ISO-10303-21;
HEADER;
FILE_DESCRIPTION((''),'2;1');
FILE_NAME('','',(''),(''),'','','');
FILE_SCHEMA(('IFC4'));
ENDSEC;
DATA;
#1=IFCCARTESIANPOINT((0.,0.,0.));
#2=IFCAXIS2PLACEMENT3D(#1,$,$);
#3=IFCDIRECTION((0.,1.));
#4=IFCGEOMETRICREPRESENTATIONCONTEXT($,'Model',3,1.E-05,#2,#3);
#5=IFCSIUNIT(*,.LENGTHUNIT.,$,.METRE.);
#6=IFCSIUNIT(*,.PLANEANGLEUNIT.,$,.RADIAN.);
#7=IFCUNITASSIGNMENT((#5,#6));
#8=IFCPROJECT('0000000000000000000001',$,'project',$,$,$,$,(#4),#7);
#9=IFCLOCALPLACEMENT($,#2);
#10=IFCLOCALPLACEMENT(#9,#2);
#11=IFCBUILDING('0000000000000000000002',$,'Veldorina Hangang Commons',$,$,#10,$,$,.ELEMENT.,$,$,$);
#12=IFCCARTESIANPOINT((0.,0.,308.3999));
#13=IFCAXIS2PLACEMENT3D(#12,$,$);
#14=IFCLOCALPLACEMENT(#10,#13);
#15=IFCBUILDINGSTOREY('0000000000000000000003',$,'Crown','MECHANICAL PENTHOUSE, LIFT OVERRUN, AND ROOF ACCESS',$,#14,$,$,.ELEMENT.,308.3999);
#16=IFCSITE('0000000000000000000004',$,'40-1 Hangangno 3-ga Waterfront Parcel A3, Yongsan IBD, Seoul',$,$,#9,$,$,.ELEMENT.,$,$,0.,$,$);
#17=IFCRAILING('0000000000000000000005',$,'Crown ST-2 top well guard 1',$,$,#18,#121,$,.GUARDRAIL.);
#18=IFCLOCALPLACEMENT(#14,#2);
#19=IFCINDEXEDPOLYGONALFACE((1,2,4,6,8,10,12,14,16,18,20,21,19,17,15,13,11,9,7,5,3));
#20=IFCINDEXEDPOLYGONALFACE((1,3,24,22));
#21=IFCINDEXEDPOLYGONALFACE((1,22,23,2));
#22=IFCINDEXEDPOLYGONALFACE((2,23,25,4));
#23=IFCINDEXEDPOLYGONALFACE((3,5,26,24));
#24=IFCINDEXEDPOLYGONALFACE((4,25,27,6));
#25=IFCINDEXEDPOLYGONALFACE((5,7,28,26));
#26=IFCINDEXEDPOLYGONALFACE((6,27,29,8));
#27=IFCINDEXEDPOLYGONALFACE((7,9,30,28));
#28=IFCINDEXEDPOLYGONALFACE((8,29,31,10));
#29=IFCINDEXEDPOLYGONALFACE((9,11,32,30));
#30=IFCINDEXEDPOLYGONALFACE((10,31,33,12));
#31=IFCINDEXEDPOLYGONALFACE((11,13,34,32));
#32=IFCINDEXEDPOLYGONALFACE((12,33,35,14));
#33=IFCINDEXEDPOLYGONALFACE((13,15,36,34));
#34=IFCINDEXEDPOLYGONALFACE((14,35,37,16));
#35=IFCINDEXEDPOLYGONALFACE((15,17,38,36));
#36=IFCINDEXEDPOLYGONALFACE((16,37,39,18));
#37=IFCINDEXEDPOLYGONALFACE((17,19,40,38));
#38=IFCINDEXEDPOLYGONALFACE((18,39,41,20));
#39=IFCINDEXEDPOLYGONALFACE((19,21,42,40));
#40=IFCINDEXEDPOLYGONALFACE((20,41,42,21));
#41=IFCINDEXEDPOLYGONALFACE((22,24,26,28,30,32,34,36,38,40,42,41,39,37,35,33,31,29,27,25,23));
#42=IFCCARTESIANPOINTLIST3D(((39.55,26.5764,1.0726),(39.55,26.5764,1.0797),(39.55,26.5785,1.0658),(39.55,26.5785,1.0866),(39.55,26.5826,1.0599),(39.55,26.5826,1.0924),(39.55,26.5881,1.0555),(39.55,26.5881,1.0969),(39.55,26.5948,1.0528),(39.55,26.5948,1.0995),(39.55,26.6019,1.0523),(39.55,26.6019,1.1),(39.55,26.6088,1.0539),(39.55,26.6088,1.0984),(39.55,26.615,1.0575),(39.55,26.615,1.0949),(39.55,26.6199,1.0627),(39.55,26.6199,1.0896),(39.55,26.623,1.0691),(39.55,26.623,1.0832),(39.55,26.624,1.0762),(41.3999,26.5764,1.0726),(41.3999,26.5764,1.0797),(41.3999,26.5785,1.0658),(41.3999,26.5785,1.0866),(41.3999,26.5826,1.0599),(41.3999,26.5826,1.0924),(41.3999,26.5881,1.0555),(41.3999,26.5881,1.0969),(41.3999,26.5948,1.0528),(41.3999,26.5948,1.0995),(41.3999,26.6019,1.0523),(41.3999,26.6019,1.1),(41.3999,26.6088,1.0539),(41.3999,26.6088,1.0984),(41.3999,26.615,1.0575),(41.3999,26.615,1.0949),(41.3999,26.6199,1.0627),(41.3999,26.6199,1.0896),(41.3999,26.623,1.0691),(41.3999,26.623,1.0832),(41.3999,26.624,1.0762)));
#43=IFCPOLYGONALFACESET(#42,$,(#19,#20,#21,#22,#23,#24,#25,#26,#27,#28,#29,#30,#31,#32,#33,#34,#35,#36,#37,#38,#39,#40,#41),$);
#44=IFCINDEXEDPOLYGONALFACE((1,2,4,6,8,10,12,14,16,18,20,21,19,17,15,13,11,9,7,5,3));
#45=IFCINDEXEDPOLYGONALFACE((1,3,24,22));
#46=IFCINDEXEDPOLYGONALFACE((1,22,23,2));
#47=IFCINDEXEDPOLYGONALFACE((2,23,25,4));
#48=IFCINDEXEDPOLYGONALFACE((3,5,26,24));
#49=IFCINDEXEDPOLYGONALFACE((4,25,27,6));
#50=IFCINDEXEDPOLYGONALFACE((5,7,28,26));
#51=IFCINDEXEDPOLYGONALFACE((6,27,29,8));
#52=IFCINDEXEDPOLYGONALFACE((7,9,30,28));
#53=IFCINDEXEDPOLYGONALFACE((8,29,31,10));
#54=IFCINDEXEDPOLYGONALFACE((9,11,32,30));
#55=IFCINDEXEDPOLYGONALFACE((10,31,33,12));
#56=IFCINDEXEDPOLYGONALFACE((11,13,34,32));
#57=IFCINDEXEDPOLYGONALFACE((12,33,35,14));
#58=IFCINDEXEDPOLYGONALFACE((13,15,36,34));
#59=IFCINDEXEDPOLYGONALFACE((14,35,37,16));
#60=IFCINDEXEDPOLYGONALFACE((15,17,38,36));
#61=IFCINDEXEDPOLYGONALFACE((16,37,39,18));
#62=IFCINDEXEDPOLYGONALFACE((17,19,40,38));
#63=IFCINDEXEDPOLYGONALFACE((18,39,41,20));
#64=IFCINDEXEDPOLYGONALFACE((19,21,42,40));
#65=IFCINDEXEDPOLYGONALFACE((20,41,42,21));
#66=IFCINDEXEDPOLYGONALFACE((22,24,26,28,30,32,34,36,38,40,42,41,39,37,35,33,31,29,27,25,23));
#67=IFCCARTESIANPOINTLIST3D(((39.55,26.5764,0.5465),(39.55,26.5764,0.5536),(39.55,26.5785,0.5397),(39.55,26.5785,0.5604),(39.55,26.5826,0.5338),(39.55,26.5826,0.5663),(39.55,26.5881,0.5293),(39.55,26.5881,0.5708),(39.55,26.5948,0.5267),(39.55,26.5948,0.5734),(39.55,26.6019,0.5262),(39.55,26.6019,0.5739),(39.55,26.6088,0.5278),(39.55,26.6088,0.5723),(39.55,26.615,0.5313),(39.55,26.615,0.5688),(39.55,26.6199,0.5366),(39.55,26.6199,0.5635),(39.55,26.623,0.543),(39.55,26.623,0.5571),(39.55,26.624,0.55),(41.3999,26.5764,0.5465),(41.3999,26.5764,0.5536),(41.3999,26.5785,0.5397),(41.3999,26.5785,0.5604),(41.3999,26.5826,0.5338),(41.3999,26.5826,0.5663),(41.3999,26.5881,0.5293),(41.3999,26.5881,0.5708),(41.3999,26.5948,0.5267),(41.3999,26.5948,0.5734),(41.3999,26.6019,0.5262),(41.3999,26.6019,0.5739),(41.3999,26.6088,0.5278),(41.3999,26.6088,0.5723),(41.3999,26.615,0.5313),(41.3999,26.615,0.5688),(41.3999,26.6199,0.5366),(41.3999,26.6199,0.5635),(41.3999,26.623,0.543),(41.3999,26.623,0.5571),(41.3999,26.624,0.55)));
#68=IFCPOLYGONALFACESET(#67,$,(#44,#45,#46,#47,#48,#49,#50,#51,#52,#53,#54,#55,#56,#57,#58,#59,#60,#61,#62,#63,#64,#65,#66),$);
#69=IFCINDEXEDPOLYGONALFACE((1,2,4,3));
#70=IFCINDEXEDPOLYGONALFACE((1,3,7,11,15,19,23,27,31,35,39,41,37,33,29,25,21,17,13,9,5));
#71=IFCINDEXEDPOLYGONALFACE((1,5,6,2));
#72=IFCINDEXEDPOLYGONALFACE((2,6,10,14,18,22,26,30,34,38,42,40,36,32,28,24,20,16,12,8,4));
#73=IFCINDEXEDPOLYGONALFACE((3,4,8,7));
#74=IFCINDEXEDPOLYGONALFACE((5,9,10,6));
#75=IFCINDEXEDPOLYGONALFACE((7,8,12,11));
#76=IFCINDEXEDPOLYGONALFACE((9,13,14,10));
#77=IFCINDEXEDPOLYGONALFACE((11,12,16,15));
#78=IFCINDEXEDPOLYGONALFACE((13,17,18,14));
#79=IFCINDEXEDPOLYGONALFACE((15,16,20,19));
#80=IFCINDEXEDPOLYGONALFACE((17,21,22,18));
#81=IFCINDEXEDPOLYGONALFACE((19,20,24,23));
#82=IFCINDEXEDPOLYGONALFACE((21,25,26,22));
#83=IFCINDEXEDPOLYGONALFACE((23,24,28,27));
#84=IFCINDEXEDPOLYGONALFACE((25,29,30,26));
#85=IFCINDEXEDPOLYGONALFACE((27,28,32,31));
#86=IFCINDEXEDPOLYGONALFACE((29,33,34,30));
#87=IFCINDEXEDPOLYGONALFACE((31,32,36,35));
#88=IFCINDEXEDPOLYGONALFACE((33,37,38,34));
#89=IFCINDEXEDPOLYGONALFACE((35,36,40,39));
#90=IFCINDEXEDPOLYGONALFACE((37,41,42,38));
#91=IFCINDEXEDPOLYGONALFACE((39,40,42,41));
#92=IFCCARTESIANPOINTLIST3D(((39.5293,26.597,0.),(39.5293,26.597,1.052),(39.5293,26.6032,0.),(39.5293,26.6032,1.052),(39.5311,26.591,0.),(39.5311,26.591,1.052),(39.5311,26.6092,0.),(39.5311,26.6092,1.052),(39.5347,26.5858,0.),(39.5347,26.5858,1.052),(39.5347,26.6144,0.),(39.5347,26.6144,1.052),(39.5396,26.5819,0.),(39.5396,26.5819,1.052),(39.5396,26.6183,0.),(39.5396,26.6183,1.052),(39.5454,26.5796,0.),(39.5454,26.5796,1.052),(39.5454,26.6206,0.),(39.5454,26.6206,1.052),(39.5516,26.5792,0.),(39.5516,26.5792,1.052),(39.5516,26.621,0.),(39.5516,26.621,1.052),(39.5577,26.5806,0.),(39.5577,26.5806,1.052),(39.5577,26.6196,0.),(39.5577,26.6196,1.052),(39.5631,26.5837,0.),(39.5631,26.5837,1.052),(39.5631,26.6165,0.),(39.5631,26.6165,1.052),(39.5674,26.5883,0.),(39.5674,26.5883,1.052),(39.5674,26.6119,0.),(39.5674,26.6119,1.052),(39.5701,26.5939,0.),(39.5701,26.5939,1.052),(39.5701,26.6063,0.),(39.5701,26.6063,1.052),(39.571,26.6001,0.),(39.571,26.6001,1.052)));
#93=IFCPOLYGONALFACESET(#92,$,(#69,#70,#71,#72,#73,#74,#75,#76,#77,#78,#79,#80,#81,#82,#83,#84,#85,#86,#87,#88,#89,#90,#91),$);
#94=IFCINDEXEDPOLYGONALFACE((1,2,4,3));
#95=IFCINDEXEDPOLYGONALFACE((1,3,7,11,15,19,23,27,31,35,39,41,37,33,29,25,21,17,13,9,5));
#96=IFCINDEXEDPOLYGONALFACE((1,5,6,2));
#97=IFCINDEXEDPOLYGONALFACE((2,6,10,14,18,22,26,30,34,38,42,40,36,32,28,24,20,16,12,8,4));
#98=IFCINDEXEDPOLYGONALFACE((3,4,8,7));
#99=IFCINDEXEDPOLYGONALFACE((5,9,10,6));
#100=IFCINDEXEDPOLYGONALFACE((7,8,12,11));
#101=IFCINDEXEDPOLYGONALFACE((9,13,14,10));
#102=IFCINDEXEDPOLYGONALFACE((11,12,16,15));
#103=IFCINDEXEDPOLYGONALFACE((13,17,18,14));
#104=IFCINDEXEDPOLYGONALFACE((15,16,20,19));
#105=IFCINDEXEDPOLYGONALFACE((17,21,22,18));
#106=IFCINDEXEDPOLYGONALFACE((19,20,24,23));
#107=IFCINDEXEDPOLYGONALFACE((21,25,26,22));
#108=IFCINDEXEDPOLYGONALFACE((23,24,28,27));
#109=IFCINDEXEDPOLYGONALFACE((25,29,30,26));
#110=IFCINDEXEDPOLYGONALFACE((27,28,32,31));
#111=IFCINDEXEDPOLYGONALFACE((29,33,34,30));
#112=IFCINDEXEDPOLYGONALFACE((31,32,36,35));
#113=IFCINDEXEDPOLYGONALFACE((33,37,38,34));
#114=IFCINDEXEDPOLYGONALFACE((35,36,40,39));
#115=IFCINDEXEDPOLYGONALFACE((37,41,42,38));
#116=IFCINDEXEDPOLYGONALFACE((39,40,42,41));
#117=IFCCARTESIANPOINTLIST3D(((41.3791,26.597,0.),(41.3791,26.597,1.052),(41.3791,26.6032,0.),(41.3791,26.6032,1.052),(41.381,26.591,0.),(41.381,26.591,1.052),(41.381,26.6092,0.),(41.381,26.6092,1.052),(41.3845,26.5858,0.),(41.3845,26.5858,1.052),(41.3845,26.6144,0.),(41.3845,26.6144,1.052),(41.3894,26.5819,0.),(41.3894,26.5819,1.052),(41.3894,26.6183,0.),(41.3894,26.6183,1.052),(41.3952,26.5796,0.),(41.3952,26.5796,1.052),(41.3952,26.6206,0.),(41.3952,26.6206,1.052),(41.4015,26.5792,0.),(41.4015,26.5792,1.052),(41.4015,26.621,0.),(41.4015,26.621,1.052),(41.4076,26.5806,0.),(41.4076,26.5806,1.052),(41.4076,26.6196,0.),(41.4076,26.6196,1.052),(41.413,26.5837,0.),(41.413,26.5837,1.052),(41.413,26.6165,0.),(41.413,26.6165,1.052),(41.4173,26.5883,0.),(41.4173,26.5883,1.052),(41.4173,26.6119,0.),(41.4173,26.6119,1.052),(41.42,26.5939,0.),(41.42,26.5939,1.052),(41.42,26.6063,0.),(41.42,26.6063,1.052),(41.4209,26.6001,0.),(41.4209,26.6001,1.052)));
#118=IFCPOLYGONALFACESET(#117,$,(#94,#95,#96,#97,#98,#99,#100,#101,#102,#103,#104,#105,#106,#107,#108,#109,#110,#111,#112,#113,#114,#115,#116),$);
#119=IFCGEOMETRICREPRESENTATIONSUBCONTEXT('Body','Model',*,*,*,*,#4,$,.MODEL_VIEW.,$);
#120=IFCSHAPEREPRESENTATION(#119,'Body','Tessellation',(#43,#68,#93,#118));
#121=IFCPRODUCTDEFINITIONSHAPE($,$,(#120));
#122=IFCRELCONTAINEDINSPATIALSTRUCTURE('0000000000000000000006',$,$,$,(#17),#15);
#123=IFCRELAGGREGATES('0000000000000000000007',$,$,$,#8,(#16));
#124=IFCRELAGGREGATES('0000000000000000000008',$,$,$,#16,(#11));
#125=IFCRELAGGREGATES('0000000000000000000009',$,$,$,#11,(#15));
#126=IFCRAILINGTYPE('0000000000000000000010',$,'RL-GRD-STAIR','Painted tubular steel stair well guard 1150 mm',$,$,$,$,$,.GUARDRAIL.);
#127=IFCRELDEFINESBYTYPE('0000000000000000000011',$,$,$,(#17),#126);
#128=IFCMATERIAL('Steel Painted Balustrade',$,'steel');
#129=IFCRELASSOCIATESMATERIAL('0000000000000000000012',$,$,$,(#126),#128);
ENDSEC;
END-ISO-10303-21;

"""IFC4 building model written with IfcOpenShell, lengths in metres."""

from ifc_helpers import new_model, si_unit, direction, frame, origin, origin_2d, place, context, subcontext, project, spatial, circle, extrude, material, type_object, element, save


model = new_model("IFC4")

# Units and contexts
model_context = context("Model", 3, precision=1e-05, world=origin(), true_north=direction((0.0, 1.0)))
body_context = subcontext(model_context, "Body", "Model", "MODEL_VIEW")
ifc_project = project(units=[si_unit("LENGTHUNIT", "METRE"), si_unit("PLANEANGLEUNIT", "RADIAN")], contexts=[model_context])

# Site, building, storey
site_placement = place(None, origin())
site = spatial("IfcSite", under=ifc_project, at=site_placement, Name="40-1 Hangangno 3-ga Waterfront Parcel A3, Yongsan IBD, Seoul", CompositionType="ELEMENT", RefElevation=0.0)
building_placement = place(site_placement, origin())
building = spatial("IfcBuilding", under=site, at=building_placement, Name="Veldorina Hangang Commons", CompositionType="ELEMENT")
storey_placement = place(building_placement, frame((0.0, 0.0, 308.3999)))
storey = spatial("IfcBuildingStorey", under=building, at=storey_placement, Name="Crown", Description="MECHANICAL PENTHOUSE, LIFT OVERRUN, AND ROOF ACCESS", CompositionType="ELEMENT", Elevation=308.3999)

# Railing
ifc_material_1 = material(Name="Steel Painted Balustrade", Category="steel")
railing_type = type_object("IfcRailingType", Name="RL-GRD-STAIR", Description="Painted tubular steel stair well guard 1150 mm", PredefinedType="GUARDRAIL", material=ifc_material_1)
railing_placement = place(storey_placement, frame((39.55, 26.6001, 0.0)))
element("IfcRailing", 1, at=railing_placement, inside=storey, type_object=railing_type, Name="Crown ST-2 top well guard 1", PredefinedType="GUARDRAIL", context=body_context, shape_type="SweptSolid", body=[
    extrude(circle(Radius=0.0239, at=origin_2d()), frame((0.0, 0.0, 1.0762), z_axis=(1.0, 0.0, 0.0), x_axis=(0.0, 1.0, 0.0)), (0.0, 0.0, 1.0), 1.8499),
    extrude(circle(Radius=0.0239, at=origin_2d()), frame((0.0, 0.0, 0.55), z_axis=(1.0, 0.0, 0.0), x_axis=(0.0, 1.0, 0.0)), (0.0, 0.0, 1.0), 1.8499),
    extrude(circle(Radius=0.021, at=origin_2d()), origin(), (0.0, 0.0, 1.0), 1.052),
    extrude(circle(Radius=0.021, at=origin_2d()), frame((1.8499, 0.0, 0.0)), (0.0, 0.0, 1.0), 1.052),
])

save(model, "model.ifc")
